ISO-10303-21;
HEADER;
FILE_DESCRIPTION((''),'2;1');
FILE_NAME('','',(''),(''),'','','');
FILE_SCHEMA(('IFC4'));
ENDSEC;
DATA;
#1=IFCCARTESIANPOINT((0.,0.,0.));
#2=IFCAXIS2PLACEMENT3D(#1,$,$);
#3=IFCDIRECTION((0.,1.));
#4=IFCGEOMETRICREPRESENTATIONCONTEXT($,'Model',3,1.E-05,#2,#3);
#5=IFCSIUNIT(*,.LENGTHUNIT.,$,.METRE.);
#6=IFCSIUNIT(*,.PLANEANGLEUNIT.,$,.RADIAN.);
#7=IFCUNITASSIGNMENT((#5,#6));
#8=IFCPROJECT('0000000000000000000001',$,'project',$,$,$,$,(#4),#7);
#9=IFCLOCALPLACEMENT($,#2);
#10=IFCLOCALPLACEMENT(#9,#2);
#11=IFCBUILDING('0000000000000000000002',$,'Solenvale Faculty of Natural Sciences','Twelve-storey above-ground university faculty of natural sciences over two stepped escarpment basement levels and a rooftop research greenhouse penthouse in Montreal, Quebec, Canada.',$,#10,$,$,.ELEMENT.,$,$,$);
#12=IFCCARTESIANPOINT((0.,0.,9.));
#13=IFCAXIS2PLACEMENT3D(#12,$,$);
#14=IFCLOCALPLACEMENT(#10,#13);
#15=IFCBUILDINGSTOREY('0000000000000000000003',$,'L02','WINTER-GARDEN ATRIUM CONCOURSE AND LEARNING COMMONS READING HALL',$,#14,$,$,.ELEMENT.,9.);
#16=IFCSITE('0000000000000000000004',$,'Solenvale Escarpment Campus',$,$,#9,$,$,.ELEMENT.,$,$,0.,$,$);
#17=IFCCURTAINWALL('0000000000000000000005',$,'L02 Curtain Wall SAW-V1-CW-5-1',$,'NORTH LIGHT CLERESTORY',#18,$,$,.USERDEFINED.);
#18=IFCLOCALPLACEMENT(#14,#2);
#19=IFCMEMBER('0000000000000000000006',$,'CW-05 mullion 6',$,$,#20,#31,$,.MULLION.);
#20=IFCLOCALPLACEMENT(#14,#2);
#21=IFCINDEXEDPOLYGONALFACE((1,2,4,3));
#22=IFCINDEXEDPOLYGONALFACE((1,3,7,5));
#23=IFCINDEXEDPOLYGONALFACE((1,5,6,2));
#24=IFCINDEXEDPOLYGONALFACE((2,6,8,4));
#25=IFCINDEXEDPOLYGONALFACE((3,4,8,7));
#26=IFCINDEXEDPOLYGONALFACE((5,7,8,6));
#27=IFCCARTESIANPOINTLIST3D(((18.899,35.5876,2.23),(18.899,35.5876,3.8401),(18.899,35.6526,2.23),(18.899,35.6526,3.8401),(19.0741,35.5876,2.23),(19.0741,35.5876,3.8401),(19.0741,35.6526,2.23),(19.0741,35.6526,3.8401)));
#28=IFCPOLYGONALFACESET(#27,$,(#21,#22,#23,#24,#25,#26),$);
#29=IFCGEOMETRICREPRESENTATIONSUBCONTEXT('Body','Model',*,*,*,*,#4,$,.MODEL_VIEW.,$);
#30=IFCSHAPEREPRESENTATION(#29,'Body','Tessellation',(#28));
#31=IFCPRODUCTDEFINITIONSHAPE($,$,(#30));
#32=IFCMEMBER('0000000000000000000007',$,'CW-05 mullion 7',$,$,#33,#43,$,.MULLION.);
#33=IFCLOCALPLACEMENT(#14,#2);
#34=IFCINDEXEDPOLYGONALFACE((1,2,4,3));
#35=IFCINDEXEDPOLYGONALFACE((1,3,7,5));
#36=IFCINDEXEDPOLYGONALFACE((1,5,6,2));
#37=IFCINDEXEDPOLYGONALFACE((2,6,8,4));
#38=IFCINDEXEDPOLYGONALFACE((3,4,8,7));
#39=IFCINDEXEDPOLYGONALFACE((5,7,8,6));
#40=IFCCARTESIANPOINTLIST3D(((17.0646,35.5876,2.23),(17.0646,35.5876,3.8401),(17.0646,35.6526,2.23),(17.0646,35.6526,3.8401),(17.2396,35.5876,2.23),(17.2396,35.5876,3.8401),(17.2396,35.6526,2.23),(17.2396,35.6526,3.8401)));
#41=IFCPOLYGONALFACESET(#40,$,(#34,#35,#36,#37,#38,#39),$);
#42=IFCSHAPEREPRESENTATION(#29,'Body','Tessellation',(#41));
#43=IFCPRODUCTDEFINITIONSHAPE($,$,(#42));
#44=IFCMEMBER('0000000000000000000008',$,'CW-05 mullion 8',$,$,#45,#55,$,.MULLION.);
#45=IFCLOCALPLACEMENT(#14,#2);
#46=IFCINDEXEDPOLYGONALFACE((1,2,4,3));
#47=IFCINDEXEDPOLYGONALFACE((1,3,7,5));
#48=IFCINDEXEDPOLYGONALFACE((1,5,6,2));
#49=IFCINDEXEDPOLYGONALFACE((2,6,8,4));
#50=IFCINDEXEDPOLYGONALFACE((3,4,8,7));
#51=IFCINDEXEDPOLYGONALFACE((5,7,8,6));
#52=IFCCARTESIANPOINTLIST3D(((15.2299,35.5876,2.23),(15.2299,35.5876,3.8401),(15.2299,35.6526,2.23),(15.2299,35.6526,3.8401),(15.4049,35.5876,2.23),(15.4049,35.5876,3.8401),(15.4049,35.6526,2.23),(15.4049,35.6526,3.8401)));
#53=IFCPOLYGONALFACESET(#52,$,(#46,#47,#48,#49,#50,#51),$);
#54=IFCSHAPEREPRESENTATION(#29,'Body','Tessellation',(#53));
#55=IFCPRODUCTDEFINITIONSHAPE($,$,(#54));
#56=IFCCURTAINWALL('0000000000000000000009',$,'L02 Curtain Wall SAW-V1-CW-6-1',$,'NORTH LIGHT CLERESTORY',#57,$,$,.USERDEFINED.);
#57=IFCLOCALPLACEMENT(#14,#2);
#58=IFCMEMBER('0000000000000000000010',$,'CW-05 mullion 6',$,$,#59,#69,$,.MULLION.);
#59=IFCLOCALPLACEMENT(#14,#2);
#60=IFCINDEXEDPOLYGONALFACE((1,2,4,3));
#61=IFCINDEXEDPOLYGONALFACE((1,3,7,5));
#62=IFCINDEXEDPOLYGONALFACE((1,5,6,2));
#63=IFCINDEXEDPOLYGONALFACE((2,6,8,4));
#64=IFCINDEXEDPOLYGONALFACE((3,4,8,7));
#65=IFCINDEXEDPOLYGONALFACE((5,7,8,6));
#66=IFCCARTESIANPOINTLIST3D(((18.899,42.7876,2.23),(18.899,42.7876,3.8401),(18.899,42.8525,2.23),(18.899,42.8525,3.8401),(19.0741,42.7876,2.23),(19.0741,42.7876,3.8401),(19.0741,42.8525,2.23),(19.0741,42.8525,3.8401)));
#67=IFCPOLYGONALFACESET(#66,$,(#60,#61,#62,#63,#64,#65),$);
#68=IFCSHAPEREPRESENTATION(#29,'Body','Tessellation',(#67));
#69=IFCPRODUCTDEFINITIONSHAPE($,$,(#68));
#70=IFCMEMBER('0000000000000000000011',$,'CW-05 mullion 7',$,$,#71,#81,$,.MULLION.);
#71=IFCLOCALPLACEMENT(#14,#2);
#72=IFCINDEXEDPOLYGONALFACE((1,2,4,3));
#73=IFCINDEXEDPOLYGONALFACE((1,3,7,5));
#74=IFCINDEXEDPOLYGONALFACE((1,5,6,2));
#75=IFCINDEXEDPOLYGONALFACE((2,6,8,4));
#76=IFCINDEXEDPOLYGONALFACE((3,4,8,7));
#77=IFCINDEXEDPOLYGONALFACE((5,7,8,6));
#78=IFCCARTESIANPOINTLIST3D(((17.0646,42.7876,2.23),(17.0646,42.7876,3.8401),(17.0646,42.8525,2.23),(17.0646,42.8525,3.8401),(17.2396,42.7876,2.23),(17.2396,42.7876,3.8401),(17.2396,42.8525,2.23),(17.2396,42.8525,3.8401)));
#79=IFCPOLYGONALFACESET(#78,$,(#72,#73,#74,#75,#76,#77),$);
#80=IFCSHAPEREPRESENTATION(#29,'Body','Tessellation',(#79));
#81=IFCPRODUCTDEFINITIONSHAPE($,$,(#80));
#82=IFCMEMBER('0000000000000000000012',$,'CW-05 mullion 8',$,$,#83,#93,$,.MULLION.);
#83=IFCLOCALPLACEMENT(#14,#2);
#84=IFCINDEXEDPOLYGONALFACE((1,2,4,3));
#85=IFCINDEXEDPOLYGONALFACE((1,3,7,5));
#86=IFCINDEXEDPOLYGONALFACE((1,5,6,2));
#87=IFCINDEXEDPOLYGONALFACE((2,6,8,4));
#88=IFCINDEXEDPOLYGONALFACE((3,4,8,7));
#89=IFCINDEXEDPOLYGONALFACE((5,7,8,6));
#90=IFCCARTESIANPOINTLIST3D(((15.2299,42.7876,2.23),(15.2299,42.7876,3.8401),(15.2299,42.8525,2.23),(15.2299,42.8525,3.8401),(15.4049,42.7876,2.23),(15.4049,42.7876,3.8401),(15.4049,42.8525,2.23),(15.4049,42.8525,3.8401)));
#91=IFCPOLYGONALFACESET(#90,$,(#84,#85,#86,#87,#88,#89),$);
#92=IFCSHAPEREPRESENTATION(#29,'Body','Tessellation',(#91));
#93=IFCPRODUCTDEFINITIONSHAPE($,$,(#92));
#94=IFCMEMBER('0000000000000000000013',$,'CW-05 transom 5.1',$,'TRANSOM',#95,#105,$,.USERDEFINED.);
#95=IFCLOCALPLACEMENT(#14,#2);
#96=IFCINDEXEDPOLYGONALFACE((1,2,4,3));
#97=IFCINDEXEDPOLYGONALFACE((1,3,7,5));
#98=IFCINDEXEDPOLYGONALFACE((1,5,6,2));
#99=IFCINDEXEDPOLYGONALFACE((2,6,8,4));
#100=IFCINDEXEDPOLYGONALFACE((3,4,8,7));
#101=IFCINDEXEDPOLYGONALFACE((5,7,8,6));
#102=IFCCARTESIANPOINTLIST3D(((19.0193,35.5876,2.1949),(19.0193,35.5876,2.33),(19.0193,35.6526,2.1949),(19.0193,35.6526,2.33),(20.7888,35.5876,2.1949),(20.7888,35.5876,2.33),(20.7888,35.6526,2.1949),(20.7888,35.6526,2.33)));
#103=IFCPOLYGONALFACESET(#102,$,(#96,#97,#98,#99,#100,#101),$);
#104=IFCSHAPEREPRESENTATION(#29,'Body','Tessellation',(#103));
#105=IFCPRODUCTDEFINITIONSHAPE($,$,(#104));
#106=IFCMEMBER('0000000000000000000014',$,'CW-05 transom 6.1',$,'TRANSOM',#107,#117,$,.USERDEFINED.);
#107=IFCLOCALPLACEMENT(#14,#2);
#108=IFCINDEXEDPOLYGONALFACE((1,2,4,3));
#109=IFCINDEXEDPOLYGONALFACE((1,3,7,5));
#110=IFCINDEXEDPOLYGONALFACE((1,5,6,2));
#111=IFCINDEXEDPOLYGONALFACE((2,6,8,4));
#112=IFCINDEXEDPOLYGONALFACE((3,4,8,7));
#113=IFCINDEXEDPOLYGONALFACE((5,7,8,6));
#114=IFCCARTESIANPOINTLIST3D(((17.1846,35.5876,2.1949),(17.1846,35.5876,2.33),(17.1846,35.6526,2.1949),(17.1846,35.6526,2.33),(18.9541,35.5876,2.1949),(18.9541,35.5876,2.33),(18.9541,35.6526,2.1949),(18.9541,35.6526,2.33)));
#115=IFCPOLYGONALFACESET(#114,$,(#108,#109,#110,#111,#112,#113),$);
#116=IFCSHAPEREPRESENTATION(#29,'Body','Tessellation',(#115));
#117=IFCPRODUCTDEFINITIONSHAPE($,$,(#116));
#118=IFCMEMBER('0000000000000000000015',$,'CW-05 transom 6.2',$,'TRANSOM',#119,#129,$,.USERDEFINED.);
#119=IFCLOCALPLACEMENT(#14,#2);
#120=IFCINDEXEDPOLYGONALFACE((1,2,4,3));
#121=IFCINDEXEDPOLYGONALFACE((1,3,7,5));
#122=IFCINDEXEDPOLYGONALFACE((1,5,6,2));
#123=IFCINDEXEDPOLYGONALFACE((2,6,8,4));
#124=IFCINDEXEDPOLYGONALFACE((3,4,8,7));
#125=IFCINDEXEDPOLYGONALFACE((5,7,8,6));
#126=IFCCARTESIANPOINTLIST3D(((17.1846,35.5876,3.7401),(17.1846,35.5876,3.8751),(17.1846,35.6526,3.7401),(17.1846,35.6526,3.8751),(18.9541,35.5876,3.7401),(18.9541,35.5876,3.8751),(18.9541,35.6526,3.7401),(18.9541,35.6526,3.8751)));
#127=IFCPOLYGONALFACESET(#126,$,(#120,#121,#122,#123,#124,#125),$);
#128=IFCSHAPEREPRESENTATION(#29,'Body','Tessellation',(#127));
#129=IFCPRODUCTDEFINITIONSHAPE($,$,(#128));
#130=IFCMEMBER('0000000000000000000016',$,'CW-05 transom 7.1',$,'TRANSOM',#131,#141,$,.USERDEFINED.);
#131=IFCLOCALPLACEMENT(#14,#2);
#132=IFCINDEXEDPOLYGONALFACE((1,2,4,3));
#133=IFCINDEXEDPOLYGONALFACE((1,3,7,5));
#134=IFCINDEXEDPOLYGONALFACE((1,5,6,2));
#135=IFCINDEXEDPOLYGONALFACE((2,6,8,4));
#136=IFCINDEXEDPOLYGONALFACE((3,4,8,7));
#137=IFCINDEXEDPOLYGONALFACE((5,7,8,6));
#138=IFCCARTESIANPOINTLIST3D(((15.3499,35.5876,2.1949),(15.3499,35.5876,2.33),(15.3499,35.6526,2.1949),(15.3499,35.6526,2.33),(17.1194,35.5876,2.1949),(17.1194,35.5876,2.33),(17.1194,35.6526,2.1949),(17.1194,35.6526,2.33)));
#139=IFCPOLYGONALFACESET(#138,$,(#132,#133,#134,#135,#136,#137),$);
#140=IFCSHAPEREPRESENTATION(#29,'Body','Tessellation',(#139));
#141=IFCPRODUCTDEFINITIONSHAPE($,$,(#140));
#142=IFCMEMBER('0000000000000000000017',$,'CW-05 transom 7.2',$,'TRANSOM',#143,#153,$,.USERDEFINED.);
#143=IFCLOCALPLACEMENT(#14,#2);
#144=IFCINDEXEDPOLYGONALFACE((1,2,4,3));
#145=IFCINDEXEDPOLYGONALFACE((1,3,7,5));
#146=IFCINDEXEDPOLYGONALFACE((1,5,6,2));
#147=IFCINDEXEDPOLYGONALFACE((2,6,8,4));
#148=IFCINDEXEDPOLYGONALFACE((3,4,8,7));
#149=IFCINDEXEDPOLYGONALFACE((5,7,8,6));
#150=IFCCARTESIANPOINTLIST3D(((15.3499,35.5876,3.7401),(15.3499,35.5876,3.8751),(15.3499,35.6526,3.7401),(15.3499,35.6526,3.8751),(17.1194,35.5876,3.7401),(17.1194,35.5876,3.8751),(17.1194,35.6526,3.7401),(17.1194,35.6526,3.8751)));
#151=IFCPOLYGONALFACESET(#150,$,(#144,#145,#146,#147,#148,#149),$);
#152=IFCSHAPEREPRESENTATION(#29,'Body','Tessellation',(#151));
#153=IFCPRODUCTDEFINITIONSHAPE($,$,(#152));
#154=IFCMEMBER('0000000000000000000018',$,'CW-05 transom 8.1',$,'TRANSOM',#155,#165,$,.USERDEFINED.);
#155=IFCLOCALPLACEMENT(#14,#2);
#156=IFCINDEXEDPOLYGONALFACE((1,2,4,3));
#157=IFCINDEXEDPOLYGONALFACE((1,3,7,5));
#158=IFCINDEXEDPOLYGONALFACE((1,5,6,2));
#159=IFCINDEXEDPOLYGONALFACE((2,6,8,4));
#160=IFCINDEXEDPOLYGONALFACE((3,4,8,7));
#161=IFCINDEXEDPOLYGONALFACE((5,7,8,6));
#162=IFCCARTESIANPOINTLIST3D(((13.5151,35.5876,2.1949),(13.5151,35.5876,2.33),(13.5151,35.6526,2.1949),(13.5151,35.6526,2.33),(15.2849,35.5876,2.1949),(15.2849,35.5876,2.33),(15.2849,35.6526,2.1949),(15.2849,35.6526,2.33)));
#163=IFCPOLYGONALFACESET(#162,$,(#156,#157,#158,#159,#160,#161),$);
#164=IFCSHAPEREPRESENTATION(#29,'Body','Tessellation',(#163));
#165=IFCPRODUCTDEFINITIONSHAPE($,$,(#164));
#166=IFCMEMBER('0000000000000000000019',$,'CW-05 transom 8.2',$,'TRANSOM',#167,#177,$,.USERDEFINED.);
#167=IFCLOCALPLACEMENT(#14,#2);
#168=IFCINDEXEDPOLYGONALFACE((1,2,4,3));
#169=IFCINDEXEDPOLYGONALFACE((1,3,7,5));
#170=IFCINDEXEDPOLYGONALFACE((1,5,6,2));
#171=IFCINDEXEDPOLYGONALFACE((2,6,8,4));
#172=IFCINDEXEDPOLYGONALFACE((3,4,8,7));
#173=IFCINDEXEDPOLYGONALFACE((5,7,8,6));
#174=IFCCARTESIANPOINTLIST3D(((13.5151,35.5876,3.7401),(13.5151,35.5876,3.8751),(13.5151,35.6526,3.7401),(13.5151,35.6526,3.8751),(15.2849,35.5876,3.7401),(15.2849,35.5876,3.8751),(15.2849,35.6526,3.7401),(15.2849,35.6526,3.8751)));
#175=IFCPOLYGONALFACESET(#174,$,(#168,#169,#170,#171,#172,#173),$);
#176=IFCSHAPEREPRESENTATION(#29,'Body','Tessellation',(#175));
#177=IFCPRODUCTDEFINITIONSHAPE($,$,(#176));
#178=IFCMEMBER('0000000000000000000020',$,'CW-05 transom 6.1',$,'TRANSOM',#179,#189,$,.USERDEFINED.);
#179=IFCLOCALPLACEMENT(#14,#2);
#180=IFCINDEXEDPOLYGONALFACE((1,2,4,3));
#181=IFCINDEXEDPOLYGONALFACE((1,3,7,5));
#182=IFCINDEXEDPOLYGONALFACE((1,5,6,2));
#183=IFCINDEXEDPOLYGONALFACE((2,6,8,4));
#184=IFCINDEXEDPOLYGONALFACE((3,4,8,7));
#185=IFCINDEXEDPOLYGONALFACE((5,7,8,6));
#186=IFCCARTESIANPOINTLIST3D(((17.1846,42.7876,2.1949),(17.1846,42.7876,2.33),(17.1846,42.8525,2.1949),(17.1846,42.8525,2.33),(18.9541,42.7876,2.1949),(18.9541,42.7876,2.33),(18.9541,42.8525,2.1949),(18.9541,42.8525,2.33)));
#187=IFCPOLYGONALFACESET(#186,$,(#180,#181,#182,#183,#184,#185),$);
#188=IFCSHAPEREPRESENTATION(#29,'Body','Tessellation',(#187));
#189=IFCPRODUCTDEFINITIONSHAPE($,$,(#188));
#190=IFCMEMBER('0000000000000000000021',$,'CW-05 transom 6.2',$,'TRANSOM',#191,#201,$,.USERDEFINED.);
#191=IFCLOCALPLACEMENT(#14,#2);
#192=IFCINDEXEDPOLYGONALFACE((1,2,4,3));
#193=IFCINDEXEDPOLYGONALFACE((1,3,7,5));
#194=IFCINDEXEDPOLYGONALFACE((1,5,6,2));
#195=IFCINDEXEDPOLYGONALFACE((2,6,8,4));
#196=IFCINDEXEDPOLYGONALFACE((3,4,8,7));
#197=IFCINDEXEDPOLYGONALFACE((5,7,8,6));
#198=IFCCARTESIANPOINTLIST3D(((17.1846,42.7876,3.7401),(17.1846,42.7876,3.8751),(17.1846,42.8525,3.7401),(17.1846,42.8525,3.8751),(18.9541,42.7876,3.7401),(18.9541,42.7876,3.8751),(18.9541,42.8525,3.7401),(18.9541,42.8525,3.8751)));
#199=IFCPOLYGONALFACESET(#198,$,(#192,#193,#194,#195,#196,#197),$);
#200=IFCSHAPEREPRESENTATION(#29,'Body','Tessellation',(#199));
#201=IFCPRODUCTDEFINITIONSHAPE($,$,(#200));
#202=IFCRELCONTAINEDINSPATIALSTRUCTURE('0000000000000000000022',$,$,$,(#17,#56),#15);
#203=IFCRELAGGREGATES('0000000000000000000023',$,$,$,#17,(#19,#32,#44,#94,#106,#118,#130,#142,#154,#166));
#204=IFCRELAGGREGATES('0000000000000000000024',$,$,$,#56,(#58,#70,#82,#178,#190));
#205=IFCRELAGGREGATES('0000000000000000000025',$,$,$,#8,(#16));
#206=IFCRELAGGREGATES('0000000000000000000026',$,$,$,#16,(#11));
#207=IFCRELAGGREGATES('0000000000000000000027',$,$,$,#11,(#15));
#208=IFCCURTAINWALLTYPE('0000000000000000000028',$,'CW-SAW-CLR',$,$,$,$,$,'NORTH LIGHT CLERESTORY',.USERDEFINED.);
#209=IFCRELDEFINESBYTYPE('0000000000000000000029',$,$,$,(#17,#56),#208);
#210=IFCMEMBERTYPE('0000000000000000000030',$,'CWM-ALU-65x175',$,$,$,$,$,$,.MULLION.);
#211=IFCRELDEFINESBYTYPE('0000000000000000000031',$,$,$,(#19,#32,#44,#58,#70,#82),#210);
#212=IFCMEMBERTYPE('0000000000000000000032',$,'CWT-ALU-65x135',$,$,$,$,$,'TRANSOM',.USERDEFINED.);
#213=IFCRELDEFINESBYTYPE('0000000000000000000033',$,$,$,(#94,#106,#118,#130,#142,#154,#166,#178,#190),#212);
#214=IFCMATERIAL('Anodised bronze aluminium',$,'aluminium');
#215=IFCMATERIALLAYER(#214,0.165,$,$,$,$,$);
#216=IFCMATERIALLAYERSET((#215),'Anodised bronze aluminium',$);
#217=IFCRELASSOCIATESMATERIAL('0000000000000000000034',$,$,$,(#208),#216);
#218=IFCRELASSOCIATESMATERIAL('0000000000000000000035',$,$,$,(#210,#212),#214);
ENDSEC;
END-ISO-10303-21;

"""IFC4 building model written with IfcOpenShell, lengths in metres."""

from ifc_helpers import new_model, si_unit, direction, frame, origin, origin_2d, place, context, subcontext, project, spatial, rectangle, extrude, material, layer, layer_set, material_profile, profile_set, type_object, element, aggregate, save


model = new_model("IFC4")

# Units and contexts
model_context = context("Model", 3, precision=1e-05, world=origin(), true_north=direction((0.0, 1.0)))
body_context = subcontext(model_context, "Body", "Model", "MODEL_VIEW")
ifc_project = project(units=[si_unit("LENGTHUNIT", "METRE"), si_unit("PLANEANGLEUNIT", "RADIAN")], contexts=[model_context])

# Site, building, storey
site_placement = place(None, origin())
site = spatial("IfcSite", under=ifc_project, at=site_placement, Name="Solenvale Escarpment Campus", CompositionType="ELEMENT", RefElevation=0.0)
building_placement = place(site_placement, origin())
building = spatial("IfcBuilding", under=site, at=building_placement, Name="Solenvale Faculty of Natural Sciences", Description="Twelve-storey above-ground university faculty of natural sciences over two stepped escarpment basement levels and a rooftop research greenhouse penthouse in Montreal, Quebec, Canada.", CompositionType="ELEMENT")
storey_placement = place(building_placement, frame((0.0, 0.0, 9.0)))
storey = spatial("IfcBuildingStorey", under=building, at=storey_placement, Name="L02", Description="WINTER-GARDEN ATRIUM CONCOURSE AND LEARNING COMMONS READING HALL", CompositionType="ELEMENT", Elevation=9.0)

# Curtain walls, members
ifc_material_1 = material(Name="Anodised bronze aluminium", Category="aluminium")
ifc_layer_1 = layer(ifc_material_1, 0.165)
ifc_layer_set_1 = layer_set([ifc_layer_1], Name="Anodised bronze aluminium")
curtain_wall_type = type_object("IfcCurtainWallType", Name="CW-SAW-CLR", ElementType="NORTH LIGHT CLERESTORY", PredefinedType="USERDEFINED", material=ifc_layer_set_1)
curtain_wall_1_placement = place(storey_placement, origin())
curtain_wall_1 = element("IfcCurtainWall", 1, at=curtain_wall_1_placement, inside=storey, type_object=curtain_wall_type, Name="L02 Curtain Wall SAW-V1-CW-5-1", ObjectType="NORTH LIGHT CLERESTORY", PredefinedType="USERDEFINED")
ifc_material_profile_1 = material_profile(ifc_material_1, rectangle(XDim=0.0649, YDim=0.175, at=origin_2d()), Name="ALU-MUL-65x175")
ifc_profile_set_1 = profile_set([ifc_material_profile_1], Name="Anodised bronze aluminium")
member_type_1 = type_object("IfcMemberType", Name="CWM-ALU-65x175", PredefinedType="MULLION", material=ifc_profile_set_1)
member_1_placement = place(storey_placement, frame((18.9866, 35.6201, 2.23), z_axis=(0.0, 0.0, 1.0), x_axis=(0.0, -1.0, 0.0)))
member_1 = element("IfcMember", 2, at=member_1_placement, type_object=member_type_1, Name="CW-05 mullion 6", PredefinedType="MULLION", context=body_context, shape_type="SweptSolid", body=[
    extrude(rectangle(XDim=0.0649, YDim=0.175, at=origin_2d()), origin(), (0.0, 0.0, 1.0), 1.6101),
])
member_2_placement = place(storey_placement, frame((17.1521, 35.6201, 2.23), z_axis=(0.0, 0.0, 1.0), x_axis=(0.0, -1.0, 0.0)))
member_2 = element("IfcMember", 3, at=member_2_placement, type_object=member_type_1, Name="CW-05 mullion 7", PredefinedType="MULLION", context=body_context, shape_type="SweptSolid", body=[
    extrude(rectangle(XDim=0.0649, YDim=0.175, at=origin_2d()), origin(), (0.0, 0.0, 1.0), 1.6101),
])
member_3_placement = place(storey_placement, frame((15.3174, 35.6201, 2.23), z_axis=(0.0, 0.0, 1.0), x_axis=(0.0, -1.0, 0.0)))
member_3 = element("IfcMember", 4, at=member_3_placement, type_object=member_type_1, Name="CW-05 mullion 8", PredefinedType="MULLION", context=body_context, shape_type="SweptSolid", body=[
    extrude(rectangle(XDim=0.0649, YDim=0.175, at=origin_2d()), origin(), (0.0, 0.0, 1.0), 1.6101),
])
curtain_wall_2_placement = place(storey_placement, origin())
curtain_wall_2 = element("IfcCurtainWall", 5, at=curtain_wall_2_placement, inside=storey, type_object=curtain_wall_type, Name="L02 Curtain Wall SAW-V1-CW-6-1", ObjectType="NORTH LIGHT CLERESTORY", PredefinedType="USERDEFINED")
member_4_placement = place(storey_placement, frame((18.9866, 42.8201, 2.23), z_axis=(0.0, 0.0, 1.0), x_axis=(0.0, -1.0, 0.0)))
member_4 = element("IfcMember", 6, at=member_4_placement, type_object=member_type_1, Name="CW-05 mullion 6", PredefinedType="MULLION", context=body_context, shape_type="SweptSolid", body=[
    extrude(rectangle(XDim=0.0649, YDim=0.175, at=origin_2d()), origin(), (0.0, 0.0, 1.0), 1.6101),
])
member_5_placement = place(storey_placement, frame((17.1521, 42.8201, 2.23), z_axis=(0.0, 0.0, 1.0), x_axis=(0.0, -1.0, 0.0)))
member_5 = element("IfcMember", 7, at=member_5_placement, type_object=member_type_1, Name="CW-05 mullion 7", PredefinedType="MULLION", context=body_context, shape_type="SweptSolid", body=[
    extrude(rectangle(XDim=0.0649, YDim=0.175, at=origin_2d()), origin(), (0.0, 0.0, 1.0), 1.6101),
])
member_6_placement = place(storey_placement, frame((15.3174, 42.8201, 2.23), z_axis=(0.0, 0.0, 1.0), x_axis=(0.0, -1.0, 0.0)))
member_6 = element("IfcMember", 8, at=member_6_placement, type_object=member_type_1, Name="CW-05 mullion 8", PredefinedType="MULLION", context=body_context, shape_type="SweptSolid", body=[
    extrude(rectangle(XDim=0.0649, YDim=0.175, at=origin_2d()), origin(), (0.0, 0.0, 1.0), 1.6101),
])

# Members
ifc_material_profile_2 = material_profile(ifc_material_1, rectangle(XDim=0.0649, YDim=0.135, at=origin_2d()), Name="ALU-TRN-65x135")
ifc_profile_set_2 = profile_set([ifc_material_profile_2], Name="Anodised bronze aluminium")
member_type_2 = type_object("IfcMemberType", Name="CWT-ALU-65x135", ElementType="TRANSOM", PredefinedType="USERDEFINED", material=ifc_profile_set_2)
member_7_placement = place(storey_placement, frame((20.7888, 35.6201, 2.2625), z_axis=(-1.0, 0.0, 0.0), x_axis=(0.0, -1.0, 0.0)))
member_7 = element("IfcMember", 9, at=member_7_placement, type_object=member_type_2, Name="CW-05 transom 5.1", ObjectType="TRANSOM", PredefinedType="USERDEFINED", context=body_context, shape_type="SweptSolid", body=[
    extrude(rectangle(XDim=0.0649, YDim=0.135, at=origin_2d()), origin(), (0.0, 0.0, 1.0), 1.7695),
])
member_8_placement = place(storey_placement, frame((18.9541, 35.6201, 2.2625), z_axis=(-1.0, 0.0, 0.0), x_axis=(0.0, -1.0, 0.0)))
member_8 = element("IfcMember", 10, at=member_8_placement, type_object=member_type_2, Name="CW-05 transom 6.1", ObjectType="TRANSOM", PredefinedType="USERDEFINED", context=body_context, shape_type="SweptSolid", body=[
    extrude(rectangle(XDim=0.0649, YDim=0.135, at=origin_2d()), origin(), (0.0, 0.0, 1.0), 1.7695),
])
member_9_placement = place(storey_placement, frame((18.9541, 35.6201, 3.8076), z_axis=(-1.0, 0.0, 0.0), x_axis=(0.0, -1.0, 0.0)))
member_9 = element("IfcMember", 11, at=member_9_placement, type_object=member_type_2, Name="CW-05 transom 6.2", ObjectType="TRANSOM", PredefinedType="USERDEFINED", context=body_context, shape_type="SweptSolid", body=[
    extrude(rectangle(XDim=0.0649, YDim=0.135, at=origin_2d()), origin(), (0.0, 0.0, 1.0), 1.7695),
])
member_10_placement = place(storey_placement, frame((17.1194, 35.6201, 2.2625), z_axis=(-1.0, 0.0, 0.0), x_axis=(0.0, -1.0, 0.0)))
member_10 = element("IfcMember", 12, at=member_10_placement, type_object=member_type_2, Name="CW-05 transom 7.1", ObjectType="TRANSOM", PredefinedType="USERDEFINED", context=body_context, shape_type="SweptSolid", body=[
    extrude(rectangle(XDim=0.0649, YDim=0.135, at=origin_2d()), origin(), (0.0, 0.0, 1.0), 1.7695),
])
member_11_placement = place(storey_placement, frame((17.1194, 35.6201, 3.8076), z_axis=(-1.0, 0.0, 0.0), x_axis=(0.0, -1.0, 0.0)))
member_11 = element("IfcMember", 13, at=member_11_placement, type_object=member_type_2, Name="CW-05 transom 7.2", ObjectType="TRANSOM", PredefinedType="USERDEFINED", context=body_context, shape_type="SweptSolid", body=[
    extrude(rectangle(XDim=0.0649, YDim=0.135, at=origin_2d()), origin(), (0.0, 0.0, 1.0), 1.7695),
])
member_12_placement = place(storey_placement, frame((15.2849, 35.6201, 2.2625), z_axis=(-1.0, 0.0, 0.0), x_axis=(0.0, -1.0, 0.0)))
member_12 = element("IfcMember", 14, at=member_12_placement, type_object=member_type_2, Name="CW-05 transom 8.1", ObjectType="TRANSOM", PredefinedType="USERDEFINED", context=body_context, shape_type="SweptSolid", body=[
    extrude(rectangle(XDim=0.0649, YDim=0.135, at=origin_2d()), origin(), (0.0, 0.0, 1.0), 1.7698),
])
member_13_placement = place(storey_placement, frame((15.2849, 35.6201, 3.8076), z_axis=(-1.0, 0.0, 0.0), x_axis=(0.0, -1.0, 0.0)))
member_13 = element("IfcMember", 15, at=member_13_placement, type_object=member_type_2, Name="CW-05 transom 8.2", ObjectType="TRANSOM", PredefinedType="USERDEFINED", context=body_context, shape_type="SweptSolid", body=[
    extrude(rectangle(XDim=0.0649, YDim=0.135, at=origin_2d()), origin(), (0.0, 0.0, 1.0), 1.7698),
])
member_14_placement = place(storey_placement, frame((18.9541, 42.8201, 2.2625), z_axis=(-1.0, 0.0, 0.0), x_axis=(0.0, -1.0, 0.0)))
member_14 = element("IfcMember", 16, at=member_14_placement, type_object=member_type_2, Name="CW-05 transom 6.1", ObjectType="TRANSOM", PredefinedType="USERDEFINED", context=body_context, shape_type="SweptSolid", body=[
    extrude(rectangle(XDim=0.0649, YDim=0.135, at=origin_2d()), origin(), (0.0, 0.0, 1.0), 1.7695),
])
member_15_placement = place(storey_placement, frame((18.9541, 42.8201, 3.8076), z_axis=(-1.0, 0.0, 0.0), x_axis=(0.0, -1.0, 0.0)))
member_15 = element("IfcMember", 17, at=member_15_placement, type_object=member_type_2, Name="CW-05 transom 6.2", ObjectType="TRANSOM", PredefinedType="USERDEFINED", context=body_context, shape_type="SweptSolid", body=[
    extrude(rectangle(XDim=0.0649, YDim=0.135, at=origin_2d()), origin(), (0.0, 0.0, 1.0), 1.7695),
])

aggregate(curtain_wall_1, [member_1, member_2, member_3, member_7, member_8, member_9, member_10, member_11, member_12, member_13])
aggregate(curtain_wall_2, [member_4, member_5, member_6, member_14, member_15])

save(model, "model.ifc")
